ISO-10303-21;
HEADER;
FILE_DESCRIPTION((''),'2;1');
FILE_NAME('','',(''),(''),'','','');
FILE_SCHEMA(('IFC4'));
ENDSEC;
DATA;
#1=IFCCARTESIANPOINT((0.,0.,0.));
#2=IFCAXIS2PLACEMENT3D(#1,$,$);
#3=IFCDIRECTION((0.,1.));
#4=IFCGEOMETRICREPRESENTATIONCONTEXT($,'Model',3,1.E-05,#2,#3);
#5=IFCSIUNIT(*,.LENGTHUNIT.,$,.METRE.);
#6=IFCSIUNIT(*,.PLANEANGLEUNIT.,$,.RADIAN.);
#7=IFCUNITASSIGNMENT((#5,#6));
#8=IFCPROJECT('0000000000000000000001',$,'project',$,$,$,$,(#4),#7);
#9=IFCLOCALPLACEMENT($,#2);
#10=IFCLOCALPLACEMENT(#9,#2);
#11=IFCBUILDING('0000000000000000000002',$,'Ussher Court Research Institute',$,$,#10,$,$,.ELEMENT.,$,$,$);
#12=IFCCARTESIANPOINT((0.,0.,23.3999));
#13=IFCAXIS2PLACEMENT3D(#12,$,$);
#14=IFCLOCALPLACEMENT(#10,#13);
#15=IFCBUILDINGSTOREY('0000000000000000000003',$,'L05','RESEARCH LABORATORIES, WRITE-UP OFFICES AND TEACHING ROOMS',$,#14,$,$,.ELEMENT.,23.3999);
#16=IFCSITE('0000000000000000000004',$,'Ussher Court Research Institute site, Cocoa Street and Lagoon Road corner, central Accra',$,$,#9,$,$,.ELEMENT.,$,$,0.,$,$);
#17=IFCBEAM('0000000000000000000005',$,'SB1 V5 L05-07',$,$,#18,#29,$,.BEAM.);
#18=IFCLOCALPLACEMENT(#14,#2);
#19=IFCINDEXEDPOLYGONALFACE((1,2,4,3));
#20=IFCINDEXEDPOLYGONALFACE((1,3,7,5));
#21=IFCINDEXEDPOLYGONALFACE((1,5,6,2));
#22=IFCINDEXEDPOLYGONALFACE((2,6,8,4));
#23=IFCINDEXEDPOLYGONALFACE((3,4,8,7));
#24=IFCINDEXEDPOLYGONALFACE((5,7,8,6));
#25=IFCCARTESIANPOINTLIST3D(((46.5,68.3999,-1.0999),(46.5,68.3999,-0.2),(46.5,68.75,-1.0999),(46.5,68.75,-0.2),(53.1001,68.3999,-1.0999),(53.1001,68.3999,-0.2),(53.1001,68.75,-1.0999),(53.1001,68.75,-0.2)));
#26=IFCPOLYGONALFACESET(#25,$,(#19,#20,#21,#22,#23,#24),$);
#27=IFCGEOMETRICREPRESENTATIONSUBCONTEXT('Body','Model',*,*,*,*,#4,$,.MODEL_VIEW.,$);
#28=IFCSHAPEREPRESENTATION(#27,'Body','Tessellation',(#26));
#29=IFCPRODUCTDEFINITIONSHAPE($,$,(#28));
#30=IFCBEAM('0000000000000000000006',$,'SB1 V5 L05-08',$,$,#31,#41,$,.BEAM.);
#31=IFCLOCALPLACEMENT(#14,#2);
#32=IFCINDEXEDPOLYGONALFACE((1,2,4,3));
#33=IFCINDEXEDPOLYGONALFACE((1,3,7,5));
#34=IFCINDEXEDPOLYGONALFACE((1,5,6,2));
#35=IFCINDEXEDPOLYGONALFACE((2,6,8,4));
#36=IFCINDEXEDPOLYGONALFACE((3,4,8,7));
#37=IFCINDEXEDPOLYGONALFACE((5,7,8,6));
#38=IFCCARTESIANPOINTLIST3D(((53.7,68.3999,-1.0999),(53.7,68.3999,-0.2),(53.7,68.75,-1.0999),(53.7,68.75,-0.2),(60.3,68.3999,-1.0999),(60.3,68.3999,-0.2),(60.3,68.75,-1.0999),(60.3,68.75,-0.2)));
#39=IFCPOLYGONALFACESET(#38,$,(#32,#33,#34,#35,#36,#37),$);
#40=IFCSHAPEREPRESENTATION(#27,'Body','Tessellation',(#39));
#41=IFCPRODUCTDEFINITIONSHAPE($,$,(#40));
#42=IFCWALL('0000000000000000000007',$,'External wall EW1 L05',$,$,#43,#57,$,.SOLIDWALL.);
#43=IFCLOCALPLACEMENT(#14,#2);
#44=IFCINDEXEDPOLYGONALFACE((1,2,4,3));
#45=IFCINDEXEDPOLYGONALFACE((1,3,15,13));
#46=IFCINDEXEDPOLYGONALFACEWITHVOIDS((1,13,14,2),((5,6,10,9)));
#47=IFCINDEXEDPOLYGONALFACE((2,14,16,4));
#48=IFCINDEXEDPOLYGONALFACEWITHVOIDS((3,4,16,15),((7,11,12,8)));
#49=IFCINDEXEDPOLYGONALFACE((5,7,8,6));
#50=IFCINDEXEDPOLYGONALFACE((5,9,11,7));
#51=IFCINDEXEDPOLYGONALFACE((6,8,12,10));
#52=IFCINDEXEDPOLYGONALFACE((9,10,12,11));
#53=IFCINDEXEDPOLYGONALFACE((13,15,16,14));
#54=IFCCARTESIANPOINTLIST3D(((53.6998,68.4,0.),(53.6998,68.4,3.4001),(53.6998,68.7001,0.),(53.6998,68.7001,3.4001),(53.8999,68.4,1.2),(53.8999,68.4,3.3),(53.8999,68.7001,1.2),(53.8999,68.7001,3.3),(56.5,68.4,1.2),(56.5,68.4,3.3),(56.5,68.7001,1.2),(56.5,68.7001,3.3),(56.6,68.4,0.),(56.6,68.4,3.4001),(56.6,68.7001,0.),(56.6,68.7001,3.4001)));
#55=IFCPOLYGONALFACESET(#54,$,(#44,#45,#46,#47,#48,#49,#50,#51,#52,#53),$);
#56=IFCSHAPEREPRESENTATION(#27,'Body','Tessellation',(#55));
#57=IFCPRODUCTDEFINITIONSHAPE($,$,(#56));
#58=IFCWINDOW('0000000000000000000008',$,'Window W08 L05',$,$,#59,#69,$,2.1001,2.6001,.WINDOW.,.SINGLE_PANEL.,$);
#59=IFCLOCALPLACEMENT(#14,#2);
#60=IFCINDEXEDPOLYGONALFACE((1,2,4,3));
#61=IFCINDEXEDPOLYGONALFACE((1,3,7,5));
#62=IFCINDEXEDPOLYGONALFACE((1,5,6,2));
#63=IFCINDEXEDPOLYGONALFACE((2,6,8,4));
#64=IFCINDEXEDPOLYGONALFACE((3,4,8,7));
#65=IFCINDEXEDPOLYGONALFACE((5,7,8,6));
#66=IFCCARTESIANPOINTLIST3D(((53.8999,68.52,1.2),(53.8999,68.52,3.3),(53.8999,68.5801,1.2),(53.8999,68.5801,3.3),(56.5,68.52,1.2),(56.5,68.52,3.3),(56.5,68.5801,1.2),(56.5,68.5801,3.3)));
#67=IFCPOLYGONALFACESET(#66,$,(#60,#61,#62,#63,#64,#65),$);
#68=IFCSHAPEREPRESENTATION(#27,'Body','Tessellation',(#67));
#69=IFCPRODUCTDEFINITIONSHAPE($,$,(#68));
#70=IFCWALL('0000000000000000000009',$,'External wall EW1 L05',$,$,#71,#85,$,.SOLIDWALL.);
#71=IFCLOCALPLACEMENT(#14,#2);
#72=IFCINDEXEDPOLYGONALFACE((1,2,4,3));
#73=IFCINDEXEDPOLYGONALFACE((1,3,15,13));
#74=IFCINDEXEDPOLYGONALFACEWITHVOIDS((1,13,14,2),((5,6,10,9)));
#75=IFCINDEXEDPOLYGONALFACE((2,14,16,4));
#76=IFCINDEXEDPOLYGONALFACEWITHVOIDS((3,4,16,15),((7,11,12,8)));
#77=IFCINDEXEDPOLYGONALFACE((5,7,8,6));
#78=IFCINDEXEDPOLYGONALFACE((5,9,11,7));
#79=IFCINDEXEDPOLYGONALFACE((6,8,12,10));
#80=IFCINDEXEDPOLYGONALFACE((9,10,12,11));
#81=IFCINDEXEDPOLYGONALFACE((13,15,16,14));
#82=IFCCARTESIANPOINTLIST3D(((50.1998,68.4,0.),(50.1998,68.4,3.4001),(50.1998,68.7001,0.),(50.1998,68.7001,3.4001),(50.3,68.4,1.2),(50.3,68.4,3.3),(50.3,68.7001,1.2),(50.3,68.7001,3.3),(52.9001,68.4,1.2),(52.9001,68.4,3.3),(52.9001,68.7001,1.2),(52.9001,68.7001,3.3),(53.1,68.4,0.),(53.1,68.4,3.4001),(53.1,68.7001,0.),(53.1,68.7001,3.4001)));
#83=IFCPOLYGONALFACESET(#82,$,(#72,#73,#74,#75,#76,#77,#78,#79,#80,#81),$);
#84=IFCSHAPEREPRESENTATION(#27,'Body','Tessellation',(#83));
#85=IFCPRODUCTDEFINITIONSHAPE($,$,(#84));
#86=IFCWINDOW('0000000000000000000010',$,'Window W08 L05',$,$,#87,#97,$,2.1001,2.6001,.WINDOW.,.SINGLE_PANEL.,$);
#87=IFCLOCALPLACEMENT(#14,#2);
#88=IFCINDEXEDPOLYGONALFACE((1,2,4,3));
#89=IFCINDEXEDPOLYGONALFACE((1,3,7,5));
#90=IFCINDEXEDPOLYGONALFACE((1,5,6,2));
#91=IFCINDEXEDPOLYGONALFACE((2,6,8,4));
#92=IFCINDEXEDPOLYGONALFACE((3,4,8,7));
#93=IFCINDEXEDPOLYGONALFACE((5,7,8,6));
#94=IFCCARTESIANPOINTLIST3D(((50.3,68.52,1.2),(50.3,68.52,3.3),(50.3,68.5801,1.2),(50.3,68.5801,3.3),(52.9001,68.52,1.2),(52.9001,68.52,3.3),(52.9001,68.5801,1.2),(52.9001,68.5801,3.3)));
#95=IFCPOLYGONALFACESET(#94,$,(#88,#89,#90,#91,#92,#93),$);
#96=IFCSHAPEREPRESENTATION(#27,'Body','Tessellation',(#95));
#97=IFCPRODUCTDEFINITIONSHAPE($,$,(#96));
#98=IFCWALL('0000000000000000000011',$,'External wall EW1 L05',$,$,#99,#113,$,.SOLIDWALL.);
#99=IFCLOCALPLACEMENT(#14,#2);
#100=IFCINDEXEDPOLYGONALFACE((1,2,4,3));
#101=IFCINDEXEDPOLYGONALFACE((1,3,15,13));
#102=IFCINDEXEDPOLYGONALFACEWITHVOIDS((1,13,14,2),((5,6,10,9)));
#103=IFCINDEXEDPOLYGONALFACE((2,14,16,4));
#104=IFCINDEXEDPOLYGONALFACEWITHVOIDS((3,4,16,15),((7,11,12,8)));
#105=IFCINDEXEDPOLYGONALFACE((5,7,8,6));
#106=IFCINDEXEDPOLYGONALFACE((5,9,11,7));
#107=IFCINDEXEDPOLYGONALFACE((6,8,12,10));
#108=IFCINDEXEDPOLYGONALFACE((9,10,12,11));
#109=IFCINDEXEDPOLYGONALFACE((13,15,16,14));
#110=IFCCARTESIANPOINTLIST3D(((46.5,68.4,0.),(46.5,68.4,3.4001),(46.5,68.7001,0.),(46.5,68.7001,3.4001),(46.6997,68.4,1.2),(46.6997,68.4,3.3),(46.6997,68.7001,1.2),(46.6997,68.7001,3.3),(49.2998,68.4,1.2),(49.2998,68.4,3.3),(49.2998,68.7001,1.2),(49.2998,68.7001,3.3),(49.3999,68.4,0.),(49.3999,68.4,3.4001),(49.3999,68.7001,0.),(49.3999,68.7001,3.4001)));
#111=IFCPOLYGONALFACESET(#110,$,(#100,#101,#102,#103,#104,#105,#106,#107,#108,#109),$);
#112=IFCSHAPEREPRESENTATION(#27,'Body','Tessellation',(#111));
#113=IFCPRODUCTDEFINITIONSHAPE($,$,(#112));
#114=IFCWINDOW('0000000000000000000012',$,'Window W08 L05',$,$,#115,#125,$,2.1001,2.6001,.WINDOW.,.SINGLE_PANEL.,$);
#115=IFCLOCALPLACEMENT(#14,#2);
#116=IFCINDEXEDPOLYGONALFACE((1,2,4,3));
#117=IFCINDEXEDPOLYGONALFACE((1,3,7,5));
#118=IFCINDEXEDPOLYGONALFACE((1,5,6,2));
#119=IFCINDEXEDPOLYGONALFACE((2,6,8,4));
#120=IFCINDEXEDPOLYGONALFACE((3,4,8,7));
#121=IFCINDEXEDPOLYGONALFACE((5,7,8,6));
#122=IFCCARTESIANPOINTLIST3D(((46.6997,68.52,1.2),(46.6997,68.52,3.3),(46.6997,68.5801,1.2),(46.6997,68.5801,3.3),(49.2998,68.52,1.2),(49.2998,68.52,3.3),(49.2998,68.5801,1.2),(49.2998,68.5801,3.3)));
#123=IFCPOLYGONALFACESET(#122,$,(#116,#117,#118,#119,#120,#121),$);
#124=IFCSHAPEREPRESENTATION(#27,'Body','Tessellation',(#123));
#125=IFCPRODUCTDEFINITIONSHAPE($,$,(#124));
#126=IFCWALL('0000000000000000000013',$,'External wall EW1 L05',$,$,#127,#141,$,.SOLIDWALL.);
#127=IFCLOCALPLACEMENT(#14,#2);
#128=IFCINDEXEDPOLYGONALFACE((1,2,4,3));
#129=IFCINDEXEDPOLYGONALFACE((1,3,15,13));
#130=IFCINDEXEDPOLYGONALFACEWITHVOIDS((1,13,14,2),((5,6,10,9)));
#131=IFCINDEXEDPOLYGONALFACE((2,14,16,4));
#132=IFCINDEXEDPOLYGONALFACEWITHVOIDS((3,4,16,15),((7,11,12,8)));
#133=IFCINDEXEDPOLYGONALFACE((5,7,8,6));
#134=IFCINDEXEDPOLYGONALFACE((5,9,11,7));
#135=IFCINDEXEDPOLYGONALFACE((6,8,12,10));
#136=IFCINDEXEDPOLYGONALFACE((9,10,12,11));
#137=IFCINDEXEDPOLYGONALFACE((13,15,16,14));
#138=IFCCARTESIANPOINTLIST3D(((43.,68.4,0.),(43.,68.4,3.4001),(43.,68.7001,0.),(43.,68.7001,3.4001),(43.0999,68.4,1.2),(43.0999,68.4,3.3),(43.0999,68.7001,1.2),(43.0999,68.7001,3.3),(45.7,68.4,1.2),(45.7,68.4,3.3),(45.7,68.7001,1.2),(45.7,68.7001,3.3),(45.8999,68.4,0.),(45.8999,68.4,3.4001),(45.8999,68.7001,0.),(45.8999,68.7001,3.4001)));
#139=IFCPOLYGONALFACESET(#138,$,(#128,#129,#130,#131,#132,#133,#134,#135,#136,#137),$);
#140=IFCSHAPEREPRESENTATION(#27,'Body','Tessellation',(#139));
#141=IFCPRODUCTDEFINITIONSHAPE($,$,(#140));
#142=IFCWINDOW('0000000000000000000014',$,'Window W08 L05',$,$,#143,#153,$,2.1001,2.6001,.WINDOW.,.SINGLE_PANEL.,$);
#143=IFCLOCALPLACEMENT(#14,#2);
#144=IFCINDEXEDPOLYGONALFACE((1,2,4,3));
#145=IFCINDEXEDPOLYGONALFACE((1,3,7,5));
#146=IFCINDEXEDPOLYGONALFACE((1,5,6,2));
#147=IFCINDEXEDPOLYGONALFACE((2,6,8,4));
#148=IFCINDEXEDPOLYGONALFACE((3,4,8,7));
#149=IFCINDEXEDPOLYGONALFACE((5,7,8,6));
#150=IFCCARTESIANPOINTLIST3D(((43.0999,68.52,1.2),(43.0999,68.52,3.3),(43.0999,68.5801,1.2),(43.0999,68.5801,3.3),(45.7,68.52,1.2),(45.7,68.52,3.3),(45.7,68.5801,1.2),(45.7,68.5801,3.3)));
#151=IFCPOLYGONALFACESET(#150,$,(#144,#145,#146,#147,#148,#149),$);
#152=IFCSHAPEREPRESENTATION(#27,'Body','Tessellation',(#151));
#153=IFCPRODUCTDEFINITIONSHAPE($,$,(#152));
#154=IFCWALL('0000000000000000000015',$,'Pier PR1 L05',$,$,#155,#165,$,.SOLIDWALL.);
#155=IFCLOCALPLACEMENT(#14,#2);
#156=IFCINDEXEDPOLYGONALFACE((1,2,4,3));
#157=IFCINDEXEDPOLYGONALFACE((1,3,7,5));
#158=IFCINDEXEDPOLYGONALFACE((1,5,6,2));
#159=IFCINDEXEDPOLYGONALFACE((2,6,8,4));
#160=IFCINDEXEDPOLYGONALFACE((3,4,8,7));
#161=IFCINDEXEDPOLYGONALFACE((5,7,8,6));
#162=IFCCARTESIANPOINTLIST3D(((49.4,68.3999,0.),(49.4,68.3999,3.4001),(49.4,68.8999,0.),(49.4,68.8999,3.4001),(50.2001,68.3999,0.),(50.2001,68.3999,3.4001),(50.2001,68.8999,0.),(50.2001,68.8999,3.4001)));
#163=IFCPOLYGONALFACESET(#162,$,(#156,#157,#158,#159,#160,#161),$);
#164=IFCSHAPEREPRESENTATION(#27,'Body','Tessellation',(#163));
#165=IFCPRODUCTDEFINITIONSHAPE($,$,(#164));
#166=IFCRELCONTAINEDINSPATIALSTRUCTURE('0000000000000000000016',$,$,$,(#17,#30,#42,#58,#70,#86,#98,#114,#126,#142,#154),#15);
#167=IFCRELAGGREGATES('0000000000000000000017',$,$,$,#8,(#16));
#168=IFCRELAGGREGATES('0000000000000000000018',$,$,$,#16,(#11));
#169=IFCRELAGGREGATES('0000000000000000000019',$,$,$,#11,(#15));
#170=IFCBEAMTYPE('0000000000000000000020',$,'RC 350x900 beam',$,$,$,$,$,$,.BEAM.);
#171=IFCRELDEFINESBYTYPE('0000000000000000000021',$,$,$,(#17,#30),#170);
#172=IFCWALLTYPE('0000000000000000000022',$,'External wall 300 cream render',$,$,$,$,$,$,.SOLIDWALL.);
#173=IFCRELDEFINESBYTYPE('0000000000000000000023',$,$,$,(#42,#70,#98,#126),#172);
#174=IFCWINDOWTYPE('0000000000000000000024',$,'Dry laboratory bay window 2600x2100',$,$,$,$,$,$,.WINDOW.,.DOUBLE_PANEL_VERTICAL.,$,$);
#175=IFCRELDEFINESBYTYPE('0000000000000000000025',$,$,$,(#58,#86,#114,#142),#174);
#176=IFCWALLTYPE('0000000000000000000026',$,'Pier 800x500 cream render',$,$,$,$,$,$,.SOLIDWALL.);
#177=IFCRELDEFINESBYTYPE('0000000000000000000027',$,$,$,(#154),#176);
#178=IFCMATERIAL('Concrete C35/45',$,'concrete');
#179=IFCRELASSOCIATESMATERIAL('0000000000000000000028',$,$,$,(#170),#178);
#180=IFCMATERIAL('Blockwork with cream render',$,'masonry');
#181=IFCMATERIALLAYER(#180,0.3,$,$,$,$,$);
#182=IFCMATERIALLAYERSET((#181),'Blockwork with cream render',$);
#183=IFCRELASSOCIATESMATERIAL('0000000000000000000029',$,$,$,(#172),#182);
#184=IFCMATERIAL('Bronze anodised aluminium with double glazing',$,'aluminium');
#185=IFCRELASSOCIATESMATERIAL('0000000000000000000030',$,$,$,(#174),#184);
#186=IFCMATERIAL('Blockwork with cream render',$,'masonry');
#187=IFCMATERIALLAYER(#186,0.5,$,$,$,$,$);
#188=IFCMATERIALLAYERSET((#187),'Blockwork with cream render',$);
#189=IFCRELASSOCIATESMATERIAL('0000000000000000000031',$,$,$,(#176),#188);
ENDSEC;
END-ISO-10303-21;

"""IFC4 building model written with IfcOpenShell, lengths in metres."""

from ifc_helpers import new_model, si_unit, direction, frame, frame_2d, origin, origin_2d, place, context, subcontext, project, spatial, rectangle, extrude, material, layer, layer_set, material_profile, profile_set, type_object, element, fill, save


model = new_model("IFC4")

# Units and contexts
model_context = context("Model", 3, precision=1e-05, world=origin(), true_north=direction((0.0, 1.0)))
body_context = subcontext(model_context, "Body", "Model", "MODEL_VIEW")
ifc_project = project(units=[si_unit("LENGTHUNIT", "METRE"), si_unit("PLANEANGLEUNIT", "RADIAN")], contexts=[model_context])

# Site, building, storey
site_placement = place(None, origin())
site = spatial("IfcSite", under=ifc_project, at=site_placement, Name="Ussher Court Research Institute site, Cocoa Street and Lagoon Road corner, central Accra", CompositionType="ELEMENT", RefElevation=0.0)
building_placement = place(site_placement, origin())
building = spatial("IfcBuilding", under=site, at=building_placement, Name="Ussher Court Research Institute", CompositionType="ELEMENT")
storey_placement = place(building_placement, frame((0.0, 0.0, 23.3999)))
storey = spatial("IfcBuildingStorey", under=building, at=storey_placement, Name="L05", Description="RESEARCH LABORATORIES, WRITE-UP OFFICES AND TEACHING ROOMS", CompositionType="ELEMENT", Elevation=23.3999)

# Beams
ifc_material_1 = material(Name="Concrete C35/45", Category="concrete")
ifc_material_profile = material_profile(ifc_material_1, rectangle(XDim=0.3501, YDim=0.8999, at=origin_2d()), Name="RC 350x900")
ifc_profile_set = profile_set([ifc_material_profile], Name="Concrete C35/45")
beam_type = type_object("IfcBeamType", Name="RC 350x900 beam", PredefinedType="BEAM", material=ifc_profile_set)
for number, where, z_axis, x_axis, name in (
    (1, (46.5, 68.575, -0.6499), (1.0, 0.0, 0.0), (0.0, 1.0, 0.0), "SB1 V5 L05-07"),
    (2, (53.7, 68.575, -0.6499), (1.0, 0.0, 0.0), (0.0, 1.0, 0.0), "SB1 V5 L05-08"),
):
    element("IfcBeam", number, at=place(storey_placement, frame(where, z_axis=z_axis, x_axis=x_axis)), inside=storey, type_object=beam_type, Name=name, PredefinedType="BEAM", context=body_context, shape_type="SweptSolid", body=[
        extrude(rectangle(XDim=0.3501, YDim=0.8999, at=origin_2d()), origin(), (0.0, 0.0, 1.0), 6.6001),
    ])

# Walls, openings, windows
ifc_material_2 = material(Name="Blockwork with cream render", Category="masonry")
ifc_layer_1 = layer(ifc_material_2, 0.3)
ifc_layer_set_1 = layer_set([ifc_layer_1], Name="Blockwork with cream render")
wall_type_1 = type_object("IfcWallType", Name="External wall 300 cream render", PredefinedType="SOLIDWALL", material=ifc_layer_set_1)
wall_1_placement = place(storey_placement, frame((56.6001, 68.55, 0.0), z_axis=(0.0, 0.0, 1.0), x_axis=(-1.0, 0.0, 0.0)))
wall_1 = element("IfcWall", 3, at=wall_1_placement, inside=storey, type_object=wall_type_1, Name="External wall EW1 L05", PredefinedType="SOLIDWALL", context=body_context, shape_type="SweptSolid", body=[
    extrude(rectangle(XDim=2.9001, YDim=0.3, at=frame_2d((1.4502, 0.0))), origin(), (0.0, 0.0, 1.0), 3.4001),
])
opening_1_placement = place(wall_1_placement, frame((0.1001, 0.0, 1.2)))
opening_1 = element("IfcOpeningElement", 4, at=opening_1_placement, cuts=wall_1, PredefinedType="OPENING", context=body_context, shape_type="SweptSolid", body=[
    extrude(rectangle(XDim=2.6001, YDim=2.1001, at=frame_2d((1.3, 1.05))), frame((0.0, 0.1602, 0.0), z_axis=(0.0, -1.0, 0.0), x_axis=(1.0, 0.0, 0.0)), (0.0, 0.0, 1.0), 0.3201),
])
ifc_material_3 = material(Name="Bronze anodised aluminium with double glazing", Category="aluminium")
window_type = type_object("IfcWindowType", Name="Dry laboratory bay window 2600x2100", PartitioningType="DOUBLE_PANEL_VERTICAL", PredefinedType="WINDOW", material=ifc_material_3)
window_1_placement = place(opening_1_placement, origin())
window_1 = element("IfcWindow", 5, at=window_1_placement, inside=storey, type_object=window_type, Name="Window W08 L05", OverallHeight=2.1001, OverallWidth=2.6001, PartitioningType="SINGLE_PANEL", PredefinedType="WINDOW", context=body_context, shape_type="SweptSolid", body=[
    extrude(rectangle(XDim=2.6001, YDim=2.1001, at=frame_2d((1.3, 1.05))), frame((0.0, 0.03, 0.0), z_axis=(0.0, -1.0, 0.0), x_axis=(1.0, 0.0, 0.0)), (0.0, 0.0, 1.0), 0.0601),
])
fill(opening_1, window_1)
wall_2_placement = place(storey_placement, frame((53.1001, 68.55, 0.0), z_axis=(0.0, 0.0, 1.0), x_axis=(-1.0, 0.0, 0.0)))
wall_2 = element("IfcWall", 6, at=wall_2_placement, inside=storey, type_object=wall_type_1, Name="External wall EW1 L05", PredefinedType="SOLIDWALL", context=body_context, shape_type="SweptSolid", body=[
    extrude(rectangle(XDim=2.9001, YDim=0.3, at=frame_2d((1.4502, 0.0))), origin(), (0.0, 0.0, 1.0), 3.4001),
])
opening_2_placement = place(wall_2_placement, frame((0.2, 0.0, 1.2)))
opening_2 = element("IfcOpeningElement", 7, at=opening_2_placement, cuts=wall_2, PredefinedType="OPENING", context=body_context, shape_type="SweptSolid", body=[
    extrude(rectangle(XDim=2.6001, YDim=2.1001, at=frame_2d((1.3, 1.05))), frame((0.0, 0.1602, 0.0), z_axis=(0.0, -1.0, 0.0), x_axis=(1.0, 0.0, 0.0)), (0.0, 0.0, 1.0), 0.3201),
])
window_2_placement = place(opening_2_placement, origin())
window_2 = element("IfcWindow", 8, at=window_2_placement, inside=storey, type_object=window_type, Name="Window W08 L05", OverallHeight=2.1001, OverallWidth=2.6001, PartitioningType="SINGLE_PANEL", PredefinedType="WINDOW", context=body_context, shape_type="SweptSolid", body=[
    extrude(rectangle(XDim=2.6001, YDim=2.1001, at=frame_2d((1.3, 1.05))), frame((0.0, 0.03, 0.0), z_axis=(0.0, -1.0, 0.0), x_axis=(1.0, 0.0, 0.0)), (0.0, 0.0, 1.0), 0.0601),
])
fill(opening_2, window_2)
wall_3_placement = place(storey_placement, frame((49.3999, 68.55, 0.0), z_axis=(0.0, 0.0, 1.0), x_axis=(-1.0, 0.0, 0.0)))
wall_3 = element("IfcWall", 9, at=wall_3_placement, inside=storey, type_object=wall_type_1, Name="External wall EW1 L05", PredefinedType="SOLIDWALL", context=body_context, shape_type="SweptSolid", body=[
    extrude(rectangle(XDim=2.8999, YDim=0.3, at=frame_2d((1.45, 0.0))), origin(), (0.0, 0.0, 1.0), 3.4001),
])
opening_3_placement = place(wall_3_placement, frame((0.1001, 0.0, 1.2)))
opening_3 = element("IfcOpeningElement", 10, at=opening_3_placement, cuts=wall_3, PredefinedType="OPENING", context=body_context, shape_type="SweptSolid", body=[
    extrude(rectangle(XDim=2.6001, YDim=2.1001, at=frame_2d((1.3, 1.05))), frame((0.0, 0.1602, 0.0), z_axis=(0.0, -1.0, 0.0), x_axis=(1.0, 0.0, 0.0)), (0.0, 0.0, 1.0), 0.3201),
])
window_3_placement = place(opening_3_placement, origin())
window_3 = element("IfcWindow", 11, at=window_3_placement, inside=storey, type_object=window_type, Name="Window W08 L05", OverallHeight=2.1001, OverallWidth=2.6001, PartitioningType="SINGLE_PANEL", PredefinedType="WINDOW", context=body_context, shape_type="SweptSolid", body=[
    extrude(rectangle(XDim=2.6001, YDim=2.1001, at=frame_2d((1.3, 1.05))), frame((0.0, 0.03, 0.0), z_axis=(0.0, -1.0, 0.0), x_axis=(1.0, 0.0, 0.0)), (0.0, 0.0, 1.0), 0.0601),
])
fill(opening_3, window_3)
wall_4_placement = place(storey_placement, frame((45.8999, 68.55, 0.0), z_axis=(0.0, 0.0, 1.0), x_axis=(-1.0, 0.0, 0.0)))
wall_4 = element("IfcWall", 12, at=wall_4_placement, inside=storey, type_object=wall_type_1, Name="External wall EW1 L05", PredefinedType="SOLIDWALL", context=body_context, shape_type="SweptSolid", body=[
    extrude(rectangle(XDim=2.8999, YDim=0.3, at=frame_2d((1.45, 0.0))), origin(), (0.0, 0.0, 1.0), 3.4001),
])
opening_4_placement = place(wall_4_placement, frame((0.2, 0.0, 1.2)))
opening_4 = element("IfcOpeningElement", 13, at=opening_4_placement, cuts=wall_4, PredefinedType="OPENING", context=body_context, shape_type="SweptSolid", body=[
    extrude(rectangle(XDim=2.6001, YDim=2.1001, at=frame_2d((1.3, 1.05))), frame((0.0, 0.1602, 0.0), z_axis=(0.0, -1.0, 0.0), x_axis=(1.0, 0.0, 0.0)), (0.0, 0.0, 1.0), 0.3201),
])
window_4_placement = place(opening_4_placement, origin())
window_4 = element("IfcWindow", 14, at=window_4_placement, inside=storey, type_object=window_type, Name="Window W08 L05", OverallHeight=2.1001, OverallWidth=2.6001, PartitioningType="SINGLE_PANEL", PredefinedType="WINDOW", context=body_context, shape_type="SweptSolid", body=[
    extrude(rectangle(XDim=2.6001, YDim=2.1001, at=frame_2d((1.3, 1.05))), frame((0.0, 0.03, 0.0), z_axis=(0.0, -1.0, 0.0), x_axis=(1.0, 0.0, 0.0)), (0.0, 0.0, 1.0), 0.0601),
])
fill(opening_4, window_4)

# Wall
ifc_material_4 = material(Name="Blockwork with cream render", Category="masonry")
ifc_layer_2 = layer(ifc_material_4, 0.5)
ifc_layer_set_2 = layer_set([ifc_layer_2], Name="Blockwork with cream render")
wall_type_2 = type_object("IfcWallType", Name="Pier 800x500 cream render", PredefinedType="SOLIDWALL", material=ifc_layer_set_2)
wall_5_placement = place(storey_placement, frame((50.2, 68.6499, 0.0), z_axis=(0.0, 0.0, 1.0), x_axis=(-1.0, 0.0, 0.0)))
element("IfcWall", 15, at=wall_5_placement, inside=storey, type_object=wall_type_2, Name="Pier PR1 L05", PredefinedType="SOLIDWALL", context=body_context, shape_type="SweptSolid", body=[
    extrude(rectangle(XDim=0.8, YDim=0.5, at=frame_2d((0.3999, 0.0))), origin(), (0.0, 0.0, 1.0), 3.4001),
])

save(model, "model.ifc")
